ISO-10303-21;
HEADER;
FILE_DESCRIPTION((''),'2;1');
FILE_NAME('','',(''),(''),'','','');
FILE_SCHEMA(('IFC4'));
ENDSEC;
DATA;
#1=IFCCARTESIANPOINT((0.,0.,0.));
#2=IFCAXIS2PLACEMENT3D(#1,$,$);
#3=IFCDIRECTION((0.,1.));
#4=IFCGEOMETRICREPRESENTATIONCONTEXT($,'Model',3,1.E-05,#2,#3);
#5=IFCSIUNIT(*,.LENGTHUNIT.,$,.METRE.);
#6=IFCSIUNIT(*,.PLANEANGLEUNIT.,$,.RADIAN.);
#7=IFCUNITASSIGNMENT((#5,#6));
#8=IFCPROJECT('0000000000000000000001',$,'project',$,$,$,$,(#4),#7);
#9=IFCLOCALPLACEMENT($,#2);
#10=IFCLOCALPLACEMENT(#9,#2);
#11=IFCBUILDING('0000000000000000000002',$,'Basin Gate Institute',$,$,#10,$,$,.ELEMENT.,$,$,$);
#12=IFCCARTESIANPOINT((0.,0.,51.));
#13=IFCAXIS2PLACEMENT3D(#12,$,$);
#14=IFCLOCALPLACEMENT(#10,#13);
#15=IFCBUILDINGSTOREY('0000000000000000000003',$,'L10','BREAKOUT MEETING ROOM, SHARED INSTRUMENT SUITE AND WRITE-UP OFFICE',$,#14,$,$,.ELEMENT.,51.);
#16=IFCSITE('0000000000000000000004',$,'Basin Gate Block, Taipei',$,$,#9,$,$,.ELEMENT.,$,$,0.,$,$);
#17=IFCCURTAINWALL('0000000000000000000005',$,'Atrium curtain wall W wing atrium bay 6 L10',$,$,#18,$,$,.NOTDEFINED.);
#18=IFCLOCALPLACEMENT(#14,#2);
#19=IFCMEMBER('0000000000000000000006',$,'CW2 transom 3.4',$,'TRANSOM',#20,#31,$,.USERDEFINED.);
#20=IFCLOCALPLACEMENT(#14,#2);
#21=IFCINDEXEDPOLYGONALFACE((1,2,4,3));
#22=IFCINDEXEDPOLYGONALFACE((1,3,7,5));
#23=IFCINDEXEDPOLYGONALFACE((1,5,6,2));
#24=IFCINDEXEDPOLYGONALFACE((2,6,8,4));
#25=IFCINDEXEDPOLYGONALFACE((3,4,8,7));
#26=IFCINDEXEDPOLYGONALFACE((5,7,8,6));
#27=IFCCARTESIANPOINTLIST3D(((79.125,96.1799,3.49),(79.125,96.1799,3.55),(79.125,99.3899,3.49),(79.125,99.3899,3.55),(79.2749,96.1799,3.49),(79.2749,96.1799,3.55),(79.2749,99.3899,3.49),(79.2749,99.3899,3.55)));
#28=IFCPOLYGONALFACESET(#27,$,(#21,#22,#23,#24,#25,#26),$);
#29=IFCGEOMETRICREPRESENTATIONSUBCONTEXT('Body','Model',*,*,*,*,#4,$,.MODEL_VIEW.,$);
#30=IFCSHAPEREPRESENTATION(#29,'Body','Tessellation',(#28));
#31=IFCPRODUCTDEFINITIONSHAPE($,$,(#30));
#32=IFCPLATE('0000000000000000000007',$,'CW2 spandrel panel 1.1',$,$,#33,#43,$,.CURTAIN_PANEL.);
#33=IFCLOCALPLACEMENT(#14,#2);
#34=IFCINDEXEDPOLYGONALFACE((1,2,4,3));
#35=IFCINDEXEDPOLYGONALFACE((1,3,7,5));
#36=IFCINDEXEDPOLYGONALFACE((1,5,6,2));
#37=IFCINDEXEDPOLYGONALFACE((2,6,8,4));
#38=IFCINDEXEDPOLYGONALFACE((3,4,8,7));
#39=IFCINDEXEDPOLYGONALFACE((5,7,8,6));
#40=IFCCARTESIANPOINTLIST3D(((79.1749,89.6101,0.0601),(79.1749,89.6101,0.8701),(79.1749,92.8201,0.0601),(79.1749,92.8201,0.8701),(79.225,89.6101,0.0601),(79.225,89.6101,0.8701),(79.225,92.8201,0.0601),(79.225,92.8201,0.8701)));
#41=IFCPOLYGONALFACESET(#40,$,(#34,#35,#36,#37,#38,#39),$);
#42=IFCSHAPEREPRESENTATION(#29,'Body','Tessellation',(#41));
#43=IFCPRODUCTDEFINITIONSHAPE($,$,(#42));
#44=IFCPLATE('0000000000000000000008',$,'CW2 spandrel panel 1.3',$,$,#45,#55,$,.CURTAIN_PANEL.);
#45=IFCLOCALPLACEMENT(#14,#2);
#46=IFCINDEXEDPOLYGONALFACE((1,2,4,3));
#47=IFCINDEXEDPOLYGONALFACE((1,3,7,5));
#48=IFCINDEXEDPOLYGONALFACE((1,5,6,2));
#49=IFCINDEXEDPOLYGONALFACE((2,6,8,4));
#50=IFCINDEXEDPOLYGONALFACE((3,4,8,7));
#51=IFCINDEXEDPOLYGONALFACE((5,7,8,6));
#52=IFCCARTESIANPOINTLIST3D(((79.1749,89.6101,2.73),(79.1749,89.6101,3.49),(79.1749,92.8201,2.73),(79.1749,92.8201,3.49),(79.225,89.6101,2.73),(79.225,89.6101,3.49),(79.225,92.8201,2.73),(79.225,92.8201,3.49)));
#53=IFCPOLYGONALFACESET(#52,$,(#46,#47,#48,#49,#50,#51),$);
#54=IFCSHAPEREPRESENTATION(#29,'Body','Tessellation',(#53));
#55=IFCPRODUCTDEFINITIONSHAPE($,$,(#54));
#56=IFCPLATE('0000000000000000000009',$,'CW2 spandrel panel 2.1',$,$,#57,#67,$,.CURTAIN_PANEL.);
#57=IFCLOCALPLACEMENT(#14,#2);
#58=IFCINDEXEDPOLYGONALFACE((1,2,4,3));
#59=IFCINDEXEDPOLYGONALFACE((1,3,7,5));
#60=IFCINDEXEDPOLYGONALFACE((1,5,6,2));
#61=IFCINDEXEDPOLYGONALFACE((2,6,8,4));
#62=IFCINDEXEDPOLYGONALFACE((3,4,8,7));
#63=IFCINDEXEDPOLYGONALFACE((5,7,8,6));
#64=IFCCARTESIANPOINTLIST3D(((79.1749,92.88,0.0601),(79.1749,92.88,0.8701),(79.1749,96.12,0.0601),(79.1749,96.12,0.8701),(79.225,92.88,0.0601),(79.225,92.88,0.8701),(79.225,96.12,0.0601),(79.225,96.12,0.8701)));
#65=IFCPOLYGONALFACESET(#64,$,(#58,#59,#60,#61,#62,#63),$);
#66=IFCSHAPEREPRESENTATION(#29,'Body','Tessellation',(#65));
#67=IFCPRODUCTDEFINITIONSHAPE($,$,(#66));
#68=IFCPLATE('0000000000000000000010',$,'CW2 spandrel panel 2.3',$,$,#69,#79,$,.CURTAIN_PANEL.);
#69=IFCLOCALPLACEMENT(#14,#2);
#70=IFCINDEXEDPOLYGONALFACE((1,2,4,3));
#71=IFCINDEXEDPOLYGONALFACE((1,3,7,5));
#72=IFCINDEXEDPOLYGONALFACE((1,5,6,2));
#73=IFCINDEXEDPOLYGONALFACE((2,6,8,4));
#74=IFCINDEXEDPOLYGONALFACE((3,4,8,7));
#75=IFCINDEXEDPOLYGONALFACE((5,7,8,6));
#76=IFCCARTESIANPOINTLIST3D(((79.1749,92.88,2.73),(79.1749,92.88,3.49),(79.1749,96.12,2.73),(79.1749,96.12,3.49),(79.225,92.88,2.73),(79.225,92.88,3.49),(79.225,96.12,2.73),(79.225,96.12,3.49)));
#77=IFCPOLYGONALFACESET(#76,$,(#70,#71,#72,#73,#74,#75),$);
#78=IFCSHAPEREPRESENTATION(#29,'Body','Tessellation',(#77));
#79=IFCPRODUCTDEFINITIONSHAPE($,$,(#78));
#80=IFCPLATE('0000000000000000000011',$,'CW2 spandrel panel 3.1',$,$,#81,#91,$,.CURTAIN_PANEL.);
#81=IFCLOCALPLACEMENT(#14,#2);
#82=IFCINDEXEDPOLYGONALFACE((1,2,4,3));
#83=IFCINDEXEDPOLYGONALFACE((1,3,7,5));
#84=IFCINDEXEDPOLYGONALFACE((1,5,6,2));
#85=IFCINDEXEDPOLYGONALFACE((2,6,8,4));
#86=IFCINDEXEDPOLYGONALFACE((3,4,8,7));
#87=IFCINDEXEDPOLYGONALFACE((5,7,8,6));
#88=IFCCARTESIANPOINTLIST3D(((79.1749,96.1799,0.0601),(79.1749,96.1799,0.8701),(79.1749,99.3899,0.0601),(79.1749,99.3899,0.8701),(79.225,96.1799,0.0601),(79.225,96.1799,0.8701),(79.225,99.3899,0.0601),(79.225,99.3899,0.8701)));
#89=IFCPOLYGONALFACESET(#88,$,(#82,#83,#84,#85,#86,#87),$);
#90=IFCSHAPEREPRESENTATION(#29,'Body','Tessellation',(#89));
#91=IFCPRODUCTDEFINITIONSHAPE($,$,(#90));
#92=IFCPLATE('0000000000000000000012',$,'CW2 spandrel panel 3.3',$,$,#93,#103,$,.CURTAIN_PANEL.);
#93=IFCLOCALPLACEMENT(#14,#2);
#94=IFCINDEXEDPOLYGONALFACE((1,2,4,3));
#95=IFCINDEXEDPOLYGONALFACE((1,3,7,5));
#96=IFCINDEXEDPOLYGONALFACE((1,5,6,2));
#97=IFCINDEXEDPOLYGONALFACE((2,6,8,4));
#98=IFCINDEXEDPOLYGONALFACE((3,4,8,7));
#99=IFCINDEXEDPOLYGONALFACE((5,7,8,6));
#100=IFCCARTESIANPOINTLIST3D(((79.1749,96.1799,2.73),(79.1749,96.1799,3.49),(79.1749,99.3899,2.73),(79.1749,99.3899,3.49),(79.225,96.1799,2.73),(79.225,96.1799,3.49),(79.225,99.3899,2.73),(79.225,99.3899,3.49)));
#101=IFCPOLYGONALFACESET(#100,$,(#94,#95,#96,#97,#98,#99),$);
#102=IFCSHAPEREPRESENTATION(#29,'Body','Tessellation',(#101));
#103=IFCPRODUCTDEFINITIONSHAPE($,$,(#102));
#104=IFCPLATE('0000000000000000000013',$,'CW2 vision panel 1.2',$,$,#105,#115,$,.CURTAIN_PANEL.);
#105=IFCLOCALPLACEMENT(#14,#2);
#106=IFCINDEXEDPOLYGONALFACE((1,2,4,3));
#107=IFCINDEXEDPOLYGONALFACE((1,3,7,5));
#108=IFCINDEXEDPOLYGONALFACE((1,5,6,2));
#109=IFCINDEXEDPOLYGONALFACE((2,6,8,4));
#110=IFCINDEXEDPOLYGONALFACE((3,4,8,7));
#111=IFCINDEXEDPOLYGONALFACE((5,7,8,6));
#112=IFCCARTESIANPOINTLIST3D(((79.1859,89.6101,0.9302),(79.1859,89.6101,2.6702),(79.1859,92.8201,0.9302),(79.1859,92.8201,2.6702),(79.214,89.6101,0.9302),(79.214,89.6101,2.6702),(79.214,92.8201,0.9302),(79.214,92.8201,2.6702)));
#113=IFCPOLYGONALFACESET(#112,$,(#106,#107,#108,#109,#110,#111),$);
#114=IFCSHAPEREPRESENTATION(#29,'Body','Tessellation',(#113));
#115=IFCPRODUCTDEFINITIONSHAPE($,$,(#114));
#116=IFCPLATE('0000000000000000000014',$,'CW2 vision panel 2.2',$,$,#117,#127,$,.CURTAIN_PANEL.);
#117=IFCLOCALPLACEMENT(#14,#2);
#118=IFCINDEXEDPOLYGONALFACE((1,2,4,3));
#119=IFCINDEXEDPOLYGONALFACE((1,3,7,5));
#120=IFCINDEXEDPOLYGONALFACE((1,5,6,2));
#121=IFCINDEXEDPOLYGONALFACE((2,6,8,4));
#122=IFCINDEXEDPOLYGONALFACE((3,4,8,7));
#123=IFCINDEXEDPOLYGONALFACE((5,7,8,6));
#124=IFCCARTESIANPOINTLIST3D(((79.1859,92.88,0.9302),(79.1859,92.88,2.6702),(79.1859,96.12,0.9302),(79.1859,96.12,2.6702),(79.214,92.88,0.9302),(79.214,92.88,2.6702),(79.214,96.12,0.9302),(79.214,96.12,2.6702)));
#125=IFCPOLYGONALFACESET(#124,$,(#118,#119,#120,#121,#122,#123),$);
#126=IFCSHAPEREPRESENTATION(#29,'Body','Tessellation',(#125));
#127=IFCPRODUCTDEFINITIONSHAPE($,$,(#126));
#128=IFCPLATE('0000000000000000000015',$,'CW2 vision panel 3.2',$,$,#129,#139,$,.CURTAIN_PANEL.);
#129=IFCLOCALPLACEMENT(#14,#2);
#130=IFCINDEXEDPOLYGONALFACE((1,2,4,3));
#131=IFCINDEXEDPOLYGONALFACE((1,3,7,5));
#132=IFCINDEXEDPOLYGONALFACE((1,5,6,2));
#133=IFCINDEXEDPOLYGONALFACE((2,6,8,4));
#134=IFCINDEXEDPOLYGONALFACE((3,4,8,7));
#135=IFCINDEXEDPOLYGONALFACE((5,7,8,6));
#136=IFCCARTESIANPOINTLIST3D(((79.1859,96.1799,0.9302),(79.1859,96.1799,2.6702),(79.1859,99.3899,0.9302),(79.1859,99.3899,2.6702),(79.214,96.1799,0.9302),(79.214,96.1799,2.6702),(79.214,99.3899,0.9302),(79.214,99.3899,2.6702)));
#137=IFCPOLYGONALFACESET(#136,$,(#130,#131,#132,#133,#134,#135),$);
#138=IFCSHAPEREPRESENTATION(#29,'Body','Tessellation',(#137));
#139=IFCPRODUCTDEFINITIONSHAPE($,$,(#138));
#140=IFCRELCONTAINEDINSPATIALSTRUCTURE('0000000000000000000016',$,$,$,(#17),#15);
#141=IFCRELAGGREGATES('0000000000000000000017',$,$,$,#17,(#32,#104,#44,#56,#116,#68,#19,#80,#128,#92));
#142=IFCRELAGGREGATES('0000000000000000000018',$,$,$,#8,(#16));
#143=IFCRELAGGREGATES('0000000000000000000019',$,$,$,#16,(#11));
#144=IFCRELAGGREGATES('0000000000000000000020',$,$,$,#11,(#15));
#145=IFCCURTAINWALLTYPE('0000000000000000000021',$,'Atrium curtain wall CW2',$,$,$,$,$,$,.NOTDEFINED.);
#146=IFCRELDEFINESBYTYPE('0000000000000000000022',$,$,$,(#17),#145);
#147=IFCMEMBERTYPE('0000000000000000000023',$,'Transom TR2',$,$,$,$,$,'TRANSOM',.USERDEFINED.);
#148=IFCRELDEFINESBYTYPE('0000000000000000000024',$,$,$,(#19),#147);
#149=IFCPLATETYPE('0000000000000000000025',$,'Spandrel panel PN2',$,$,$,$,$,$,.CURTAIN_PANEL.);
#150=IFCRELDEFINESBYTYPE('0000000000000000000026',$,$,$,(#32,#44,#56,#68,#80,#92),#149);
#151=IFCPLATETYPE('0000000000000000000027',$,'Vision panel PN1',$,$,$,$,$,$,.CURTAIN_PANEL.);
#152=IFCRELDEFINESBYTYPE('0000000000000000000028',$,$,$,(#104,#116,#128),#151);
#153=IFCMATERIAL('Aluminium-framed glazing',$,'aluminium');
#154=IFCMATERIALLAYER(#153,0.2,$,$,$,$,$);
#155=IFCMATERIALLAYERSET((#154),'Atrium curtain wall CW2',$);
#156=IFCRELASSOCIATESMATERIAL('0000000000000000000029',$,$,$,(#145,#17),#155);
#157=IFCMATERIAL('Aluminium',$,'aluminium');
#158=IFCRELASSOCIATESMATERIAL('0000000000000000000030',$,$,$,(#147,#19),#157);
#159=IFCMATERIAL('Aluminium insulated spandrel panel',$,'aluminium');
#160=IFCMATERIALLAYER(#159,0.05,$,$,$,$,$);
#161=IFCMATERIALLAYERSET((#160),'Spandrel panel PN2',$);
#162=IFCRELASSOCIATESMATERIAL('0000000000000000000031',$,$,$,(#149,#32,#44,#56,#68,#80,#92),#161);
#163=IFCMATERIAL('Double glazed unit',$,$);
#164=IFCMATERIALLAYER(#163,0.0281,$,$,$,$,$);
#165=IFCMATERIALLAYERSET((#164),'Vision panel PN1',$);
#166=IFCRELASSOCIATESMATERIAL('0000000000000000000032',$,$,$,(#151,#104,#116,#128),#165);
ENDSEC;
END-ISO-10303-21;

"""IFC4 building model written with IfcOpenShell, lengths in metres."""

from ifc_helpers import new_model, si_unit, direction, frame, origin, origin_2d, place, context, subcontext, project, spatial, rectangle, extrude, material, layer, layer_set, material_profile, profile_set, type_object, element, aggregate, save


model = new_model("IFC4")

# Units and contexts
model_context = context("Model", 3, precision=1e-05, world=origin(), true_north=direction((0.0, 1.0)))
body_context = subcontext(model_context, "Body", "Model", "MODEL_VIEW")
ifc_project = project(units=[si_unit("LENGTHUNIT", "METRE"), si_unit("PLANEANGLEUNIT", "RADIAN")], contexts=[model_context])

# Site, building, storey
site_placement = place(None, origin())
site = spatial("IfcSite", under=ifc_project, at=site_placement, Name="Basin Gate Block, Taipei", CompositionType="ELEMENT", RefElevation=0.0)
building_placement = place(site_placement, origin())
building = spatial("IfcBuilding", under=site, at=building_placement, Name="Basin Gate Institute", CompositionType="ELEMENT")
storey_placement = place(building_placement, frame((0.0, 0.0, 51.0)))
storey = spatial("IfcBuildingStorey", under=building, at=storey_placement, Name="L10", Description="BREAKOUT MEETING ROOM, SHARED INSTRUMENT SUITE AND WRITE-UP OFFICE", CompositionType="ELEMENT", Elevation=51.0)

# Curtain wall, member, plates
ifc_material_1 = material(Name="Aluminium-framed glazing", Category="aluminium")
ifc_layer_1 = layer(ifc_material_1, 0.2)
ifc_layer_set_1 = layer_set([ifc_layer_1], Name="Atrium curtain wall CW2")
curtain_wall_type = type_object("IfcCurtainWallType", Name="Atrium curtain wall CW2", PredefinedType="NOTDEFINED", material=ifc_layer_set_1)
curtain_wall_placement = place(storey_placement, origin())
curtain_wall = element("IfcCurtainWall", 1, at=curtain_wall_placement, inside=storey, type_object=curtain_wall_type, material=ifc_layer_set_1, Name="Atrium curtain wall W wing atrium bay 6 L10", PredefinedType="NOTDEFINED")
ifc_material_2 = material(Name="Aluminium", Category="aluminium")
ifc_material_profile_1 = material_profile(ifc_material_2, rectangle(XDim=0.1499, YDim=0.0601, at=origin_2d()), Name="Transom TR2 150 x 60")
ifc_profile_set_1 = profile_set([ifc_material_profile_1], Name="Aluminium")
member_type_1 = type_object("IfcMemberType", Name="Transom TR2", ElementType="TRANSOM", PredefinedType="USERDEFINED", material=ifc_profile_set_1)
member_1_placement = place(storey_placement, frame((79.2, 96.1799, 3.52), z_axis=(0.0, 1.0, 0.0), x_axis=(-1.0, 0.0, 0.0)))
member_1 = element("IfcMember", 2, at=member_1_placement, type_object=member_type_1, material=ifc_profile_set_1, Name="CW2 transom 3.4", ObjectType="TRANSOM", PredefinedType="USERDEFINED", context=body_context, shape_type="SweptSolid", body=[
    extrude(rectangle(XDim=0.1499, YDim=0.0601, at=origin_2d()), origin(), (0.0, 0.0, 1.0), 3.21),
])
ifc_material_3 = material(Name="Aluminium insulated spandrel panel", Category="aluminium")
ifc_layer_2 = layer(ifc_material_3, 0.05)
ifc_layer_set_2 = layer_set([ifc_layer_2], Name="Spandrel panel PN2")
plate_type_1 = type_object("IfcPlateType", Name="Spandrel panel PN2", PredefinedType="CURTAIN_PANEL", material=ifc_layer_set_2)
plate_1_placement = place(storey_placement, frame((79.2, 91.2151, 0.0601), z_axis=(0.0, 0.0, 1.0), x_axis=(0.0, 1.0, 0.0)))
plate_1 = element("IfcPlate", 3, at=plate_1_placement, type_object=plate_type_1, material=ifc_layer_set_2, Name="CW2 spandrel panel 1.1", PredefinedType="CURTAIN_PANEL", context=body_context, shape_type="SweptSolid", body=[
    extrude(rectangle(XDim=3.21, YDim=0.05, at=origin_2d()), origin(), (0.0, 0.0, 1.0), 0.8101),
])
plate_2_placement = place(storey_placement, frame((79.2, 91.2151, 2.73), z_axis=(0.0, 0.0, 1.0), x_axis=(0.0, 1.0, 0.0)))
plate_2 = element("IfcPlate", 4, at=plate_2_placement, type_object=plate_type_1, material=ifc_layer_set_2, Name="CW2 spandrel panel 1.3", PredefinedType="CURTAIN_PANEL", context=body_context, shape_type="SweptSolid", body=[
    extrude(rectangle(XDim=3.21, YDim=0.05, at=origin_2d()), origin(), (0.0, 0.0, 1.0), 0.76),
])
plate_3_placement = place(storey_placement, frame((79.2, 94.5, 0.0601), z_axis=(0.0, 0.0, 1.0), x_axis=(0.0, 1.0, 0.0)))
plate_3 = element("IfcPlate", 5, at=plate_3_placement, type_object=plate_type_1, material=ifc_layer_set_2, Name="CW2 spandrel panel 2.1", PredefinedType="CURTAIN_PANEL", context=body_context, shape_type="SweptSolid", body=[
    extrude(rectangle(XDim=3.24, YDim=0.05, at=origin_2d()), origin(), (0.0, 0.0, 1.0), 0.8101),
])
plate_4_placement = place(storey_placement, frame((79.2, 94.5, 2.73), z_axis=(0.0, 0.0, 1.0), x_axis=(0.0, 1.0, 0.0)))
plate_4 = element("IfcPlate", 6, at=plate_4_placement, type_object=plate_type_1, material=ifc_layer_set_2, Name="CW2 spandrel panel 2.3", PredefinedType="CURTAIN_PANEL", context=body_context, shape_type="SweptSolid", body=[
    extrude(rectangle(XDim=3.24, YDim=0.05, at=origin_2d()), origin(), (0.0, 0.0, 1.0), 0.76),
])
plate_5_placement = place(storey_placement, frame((79.2, 97.7849, 0.0601), z_axis=(0.0, 0.0, 1.0), x_axis=(0.0, 1.0, 0.0)))
plate_5 = element("IfcPlate", 7, at=plate_5_placement, type_object=plate_type_1, material=ifc_layer_set_2, Name="CW2 spandrel panel 3.1", PredefinedType="CURTAIN_PANEL", context=body_context, shape_type="SweptSolid", body=[
    extrude(rectangle(XDim=3.21, YDim=0.05, at=origin_2d()), origin(), (0.0, 0.0, 1.0), 0.8101),
])
plate_6_placement = place(storey_placement, frame((79.2, 97.7849, 2.73), z_axis=(0.0, 0.0, 1.0), x_axis=(0.0, 1.0, 0.0)))
plate_6 = element("IfcPlate", 8, at=plate_6_placement, type_object=plate_type_1, material=ifc_layer_set_2, Name="CW2 spandrel panel 3.3", PredefinedType="CURTAIN_PANEL", context=body_context, shape_type="SweptSolid", body=[
    extrude(rectangle(XDim=3.21, YDim=0.05, at=origin_2d()), origin(), (0.0, 0.0, 1.0), 0.76),
])
ifc_material_4 = material(Name="Double glazed unit")
ifc_layer_3 = layer(ifc_material_4, 0.0281)
ifc_layer_set_3 = layer_set([ifc_layer_3], Name="Vision panel PN1")
plate_type_2 = type_object("IfcPlateType", Name="Vision panel PN1", PredefinedType="CURTAIN_PANEL", material=ifc_layer_set_3)
plate_7_placement = place(storey_placement, frame((79.2, 91.2151, 0.9302), z_axis=(0.0, 0.0, 1.0), x_axis=(0.0, 1.0, 0.0)))
plate_7 = element("IfcPlate", 9, at=plate_7_placement, type_object=plate_type_2, material=ifc_layer_set_3, Name="CW2 vision panel 1.2", PredefinedType="CURTAIN_PANEL", context=body_context, shape_type="SweptSolid", body=[
    extrude(rectangle(XDim=3.21, YDim=0.0281, at=origin_2d()), origin(), (0.0, 0.0, 1.0), 1.74),
])
plate_8_placement = place(storey_placement, frame((79.2, 94.5, 0.9302), z_axis=(0.0, 0.0, 1.0), x_axis=(0.0, 1.0, 0.0)))
plate_8 = element("IfcPlate", 10, at=plate_8_placement, type_object=plate_type_2, material=ifc_layer_set_3, Name="CW2 vision panel 2.2", PredefinedType="CURTAIN_PANEL", context=body_context, shape_type="SweptSolid", body=[
    extrude(rectangle(XDim=3.24, YDim=0.0281, at=origin_2d()), origin(), (0.0, 0.0, 1.0), 1.74),
])
plate_9_placement = place(storey_placement, frame((79.2, 97.7849, 0.9302), z_axis=(0.0, 0.0, 1.0), x_axis=(0.0, 1.0, 0.0)))
plate_9 = element("IfcPlate", 11, at=plate_9_placement, type_object=plate_type_2, material=ifc_layer_set_3, Name="CW2 vision panel 3.2", PredefinedType="CURTAIN_PANEL", context=body_context, shape_type="SweptSolid", body=[
    extrude(rectangle(XDim=3.21, YDim=0.0281, at=origin_2d()), origin(), (0.0, 0.0, 1.0), 1.74),
])
aggregate(curtain_wall, [plate_1, plate_7, plate_2, plate_3, plate_8, plate_4, member_1, plate_5, plate_9, plate_6])

save(model, "model.ifc")
